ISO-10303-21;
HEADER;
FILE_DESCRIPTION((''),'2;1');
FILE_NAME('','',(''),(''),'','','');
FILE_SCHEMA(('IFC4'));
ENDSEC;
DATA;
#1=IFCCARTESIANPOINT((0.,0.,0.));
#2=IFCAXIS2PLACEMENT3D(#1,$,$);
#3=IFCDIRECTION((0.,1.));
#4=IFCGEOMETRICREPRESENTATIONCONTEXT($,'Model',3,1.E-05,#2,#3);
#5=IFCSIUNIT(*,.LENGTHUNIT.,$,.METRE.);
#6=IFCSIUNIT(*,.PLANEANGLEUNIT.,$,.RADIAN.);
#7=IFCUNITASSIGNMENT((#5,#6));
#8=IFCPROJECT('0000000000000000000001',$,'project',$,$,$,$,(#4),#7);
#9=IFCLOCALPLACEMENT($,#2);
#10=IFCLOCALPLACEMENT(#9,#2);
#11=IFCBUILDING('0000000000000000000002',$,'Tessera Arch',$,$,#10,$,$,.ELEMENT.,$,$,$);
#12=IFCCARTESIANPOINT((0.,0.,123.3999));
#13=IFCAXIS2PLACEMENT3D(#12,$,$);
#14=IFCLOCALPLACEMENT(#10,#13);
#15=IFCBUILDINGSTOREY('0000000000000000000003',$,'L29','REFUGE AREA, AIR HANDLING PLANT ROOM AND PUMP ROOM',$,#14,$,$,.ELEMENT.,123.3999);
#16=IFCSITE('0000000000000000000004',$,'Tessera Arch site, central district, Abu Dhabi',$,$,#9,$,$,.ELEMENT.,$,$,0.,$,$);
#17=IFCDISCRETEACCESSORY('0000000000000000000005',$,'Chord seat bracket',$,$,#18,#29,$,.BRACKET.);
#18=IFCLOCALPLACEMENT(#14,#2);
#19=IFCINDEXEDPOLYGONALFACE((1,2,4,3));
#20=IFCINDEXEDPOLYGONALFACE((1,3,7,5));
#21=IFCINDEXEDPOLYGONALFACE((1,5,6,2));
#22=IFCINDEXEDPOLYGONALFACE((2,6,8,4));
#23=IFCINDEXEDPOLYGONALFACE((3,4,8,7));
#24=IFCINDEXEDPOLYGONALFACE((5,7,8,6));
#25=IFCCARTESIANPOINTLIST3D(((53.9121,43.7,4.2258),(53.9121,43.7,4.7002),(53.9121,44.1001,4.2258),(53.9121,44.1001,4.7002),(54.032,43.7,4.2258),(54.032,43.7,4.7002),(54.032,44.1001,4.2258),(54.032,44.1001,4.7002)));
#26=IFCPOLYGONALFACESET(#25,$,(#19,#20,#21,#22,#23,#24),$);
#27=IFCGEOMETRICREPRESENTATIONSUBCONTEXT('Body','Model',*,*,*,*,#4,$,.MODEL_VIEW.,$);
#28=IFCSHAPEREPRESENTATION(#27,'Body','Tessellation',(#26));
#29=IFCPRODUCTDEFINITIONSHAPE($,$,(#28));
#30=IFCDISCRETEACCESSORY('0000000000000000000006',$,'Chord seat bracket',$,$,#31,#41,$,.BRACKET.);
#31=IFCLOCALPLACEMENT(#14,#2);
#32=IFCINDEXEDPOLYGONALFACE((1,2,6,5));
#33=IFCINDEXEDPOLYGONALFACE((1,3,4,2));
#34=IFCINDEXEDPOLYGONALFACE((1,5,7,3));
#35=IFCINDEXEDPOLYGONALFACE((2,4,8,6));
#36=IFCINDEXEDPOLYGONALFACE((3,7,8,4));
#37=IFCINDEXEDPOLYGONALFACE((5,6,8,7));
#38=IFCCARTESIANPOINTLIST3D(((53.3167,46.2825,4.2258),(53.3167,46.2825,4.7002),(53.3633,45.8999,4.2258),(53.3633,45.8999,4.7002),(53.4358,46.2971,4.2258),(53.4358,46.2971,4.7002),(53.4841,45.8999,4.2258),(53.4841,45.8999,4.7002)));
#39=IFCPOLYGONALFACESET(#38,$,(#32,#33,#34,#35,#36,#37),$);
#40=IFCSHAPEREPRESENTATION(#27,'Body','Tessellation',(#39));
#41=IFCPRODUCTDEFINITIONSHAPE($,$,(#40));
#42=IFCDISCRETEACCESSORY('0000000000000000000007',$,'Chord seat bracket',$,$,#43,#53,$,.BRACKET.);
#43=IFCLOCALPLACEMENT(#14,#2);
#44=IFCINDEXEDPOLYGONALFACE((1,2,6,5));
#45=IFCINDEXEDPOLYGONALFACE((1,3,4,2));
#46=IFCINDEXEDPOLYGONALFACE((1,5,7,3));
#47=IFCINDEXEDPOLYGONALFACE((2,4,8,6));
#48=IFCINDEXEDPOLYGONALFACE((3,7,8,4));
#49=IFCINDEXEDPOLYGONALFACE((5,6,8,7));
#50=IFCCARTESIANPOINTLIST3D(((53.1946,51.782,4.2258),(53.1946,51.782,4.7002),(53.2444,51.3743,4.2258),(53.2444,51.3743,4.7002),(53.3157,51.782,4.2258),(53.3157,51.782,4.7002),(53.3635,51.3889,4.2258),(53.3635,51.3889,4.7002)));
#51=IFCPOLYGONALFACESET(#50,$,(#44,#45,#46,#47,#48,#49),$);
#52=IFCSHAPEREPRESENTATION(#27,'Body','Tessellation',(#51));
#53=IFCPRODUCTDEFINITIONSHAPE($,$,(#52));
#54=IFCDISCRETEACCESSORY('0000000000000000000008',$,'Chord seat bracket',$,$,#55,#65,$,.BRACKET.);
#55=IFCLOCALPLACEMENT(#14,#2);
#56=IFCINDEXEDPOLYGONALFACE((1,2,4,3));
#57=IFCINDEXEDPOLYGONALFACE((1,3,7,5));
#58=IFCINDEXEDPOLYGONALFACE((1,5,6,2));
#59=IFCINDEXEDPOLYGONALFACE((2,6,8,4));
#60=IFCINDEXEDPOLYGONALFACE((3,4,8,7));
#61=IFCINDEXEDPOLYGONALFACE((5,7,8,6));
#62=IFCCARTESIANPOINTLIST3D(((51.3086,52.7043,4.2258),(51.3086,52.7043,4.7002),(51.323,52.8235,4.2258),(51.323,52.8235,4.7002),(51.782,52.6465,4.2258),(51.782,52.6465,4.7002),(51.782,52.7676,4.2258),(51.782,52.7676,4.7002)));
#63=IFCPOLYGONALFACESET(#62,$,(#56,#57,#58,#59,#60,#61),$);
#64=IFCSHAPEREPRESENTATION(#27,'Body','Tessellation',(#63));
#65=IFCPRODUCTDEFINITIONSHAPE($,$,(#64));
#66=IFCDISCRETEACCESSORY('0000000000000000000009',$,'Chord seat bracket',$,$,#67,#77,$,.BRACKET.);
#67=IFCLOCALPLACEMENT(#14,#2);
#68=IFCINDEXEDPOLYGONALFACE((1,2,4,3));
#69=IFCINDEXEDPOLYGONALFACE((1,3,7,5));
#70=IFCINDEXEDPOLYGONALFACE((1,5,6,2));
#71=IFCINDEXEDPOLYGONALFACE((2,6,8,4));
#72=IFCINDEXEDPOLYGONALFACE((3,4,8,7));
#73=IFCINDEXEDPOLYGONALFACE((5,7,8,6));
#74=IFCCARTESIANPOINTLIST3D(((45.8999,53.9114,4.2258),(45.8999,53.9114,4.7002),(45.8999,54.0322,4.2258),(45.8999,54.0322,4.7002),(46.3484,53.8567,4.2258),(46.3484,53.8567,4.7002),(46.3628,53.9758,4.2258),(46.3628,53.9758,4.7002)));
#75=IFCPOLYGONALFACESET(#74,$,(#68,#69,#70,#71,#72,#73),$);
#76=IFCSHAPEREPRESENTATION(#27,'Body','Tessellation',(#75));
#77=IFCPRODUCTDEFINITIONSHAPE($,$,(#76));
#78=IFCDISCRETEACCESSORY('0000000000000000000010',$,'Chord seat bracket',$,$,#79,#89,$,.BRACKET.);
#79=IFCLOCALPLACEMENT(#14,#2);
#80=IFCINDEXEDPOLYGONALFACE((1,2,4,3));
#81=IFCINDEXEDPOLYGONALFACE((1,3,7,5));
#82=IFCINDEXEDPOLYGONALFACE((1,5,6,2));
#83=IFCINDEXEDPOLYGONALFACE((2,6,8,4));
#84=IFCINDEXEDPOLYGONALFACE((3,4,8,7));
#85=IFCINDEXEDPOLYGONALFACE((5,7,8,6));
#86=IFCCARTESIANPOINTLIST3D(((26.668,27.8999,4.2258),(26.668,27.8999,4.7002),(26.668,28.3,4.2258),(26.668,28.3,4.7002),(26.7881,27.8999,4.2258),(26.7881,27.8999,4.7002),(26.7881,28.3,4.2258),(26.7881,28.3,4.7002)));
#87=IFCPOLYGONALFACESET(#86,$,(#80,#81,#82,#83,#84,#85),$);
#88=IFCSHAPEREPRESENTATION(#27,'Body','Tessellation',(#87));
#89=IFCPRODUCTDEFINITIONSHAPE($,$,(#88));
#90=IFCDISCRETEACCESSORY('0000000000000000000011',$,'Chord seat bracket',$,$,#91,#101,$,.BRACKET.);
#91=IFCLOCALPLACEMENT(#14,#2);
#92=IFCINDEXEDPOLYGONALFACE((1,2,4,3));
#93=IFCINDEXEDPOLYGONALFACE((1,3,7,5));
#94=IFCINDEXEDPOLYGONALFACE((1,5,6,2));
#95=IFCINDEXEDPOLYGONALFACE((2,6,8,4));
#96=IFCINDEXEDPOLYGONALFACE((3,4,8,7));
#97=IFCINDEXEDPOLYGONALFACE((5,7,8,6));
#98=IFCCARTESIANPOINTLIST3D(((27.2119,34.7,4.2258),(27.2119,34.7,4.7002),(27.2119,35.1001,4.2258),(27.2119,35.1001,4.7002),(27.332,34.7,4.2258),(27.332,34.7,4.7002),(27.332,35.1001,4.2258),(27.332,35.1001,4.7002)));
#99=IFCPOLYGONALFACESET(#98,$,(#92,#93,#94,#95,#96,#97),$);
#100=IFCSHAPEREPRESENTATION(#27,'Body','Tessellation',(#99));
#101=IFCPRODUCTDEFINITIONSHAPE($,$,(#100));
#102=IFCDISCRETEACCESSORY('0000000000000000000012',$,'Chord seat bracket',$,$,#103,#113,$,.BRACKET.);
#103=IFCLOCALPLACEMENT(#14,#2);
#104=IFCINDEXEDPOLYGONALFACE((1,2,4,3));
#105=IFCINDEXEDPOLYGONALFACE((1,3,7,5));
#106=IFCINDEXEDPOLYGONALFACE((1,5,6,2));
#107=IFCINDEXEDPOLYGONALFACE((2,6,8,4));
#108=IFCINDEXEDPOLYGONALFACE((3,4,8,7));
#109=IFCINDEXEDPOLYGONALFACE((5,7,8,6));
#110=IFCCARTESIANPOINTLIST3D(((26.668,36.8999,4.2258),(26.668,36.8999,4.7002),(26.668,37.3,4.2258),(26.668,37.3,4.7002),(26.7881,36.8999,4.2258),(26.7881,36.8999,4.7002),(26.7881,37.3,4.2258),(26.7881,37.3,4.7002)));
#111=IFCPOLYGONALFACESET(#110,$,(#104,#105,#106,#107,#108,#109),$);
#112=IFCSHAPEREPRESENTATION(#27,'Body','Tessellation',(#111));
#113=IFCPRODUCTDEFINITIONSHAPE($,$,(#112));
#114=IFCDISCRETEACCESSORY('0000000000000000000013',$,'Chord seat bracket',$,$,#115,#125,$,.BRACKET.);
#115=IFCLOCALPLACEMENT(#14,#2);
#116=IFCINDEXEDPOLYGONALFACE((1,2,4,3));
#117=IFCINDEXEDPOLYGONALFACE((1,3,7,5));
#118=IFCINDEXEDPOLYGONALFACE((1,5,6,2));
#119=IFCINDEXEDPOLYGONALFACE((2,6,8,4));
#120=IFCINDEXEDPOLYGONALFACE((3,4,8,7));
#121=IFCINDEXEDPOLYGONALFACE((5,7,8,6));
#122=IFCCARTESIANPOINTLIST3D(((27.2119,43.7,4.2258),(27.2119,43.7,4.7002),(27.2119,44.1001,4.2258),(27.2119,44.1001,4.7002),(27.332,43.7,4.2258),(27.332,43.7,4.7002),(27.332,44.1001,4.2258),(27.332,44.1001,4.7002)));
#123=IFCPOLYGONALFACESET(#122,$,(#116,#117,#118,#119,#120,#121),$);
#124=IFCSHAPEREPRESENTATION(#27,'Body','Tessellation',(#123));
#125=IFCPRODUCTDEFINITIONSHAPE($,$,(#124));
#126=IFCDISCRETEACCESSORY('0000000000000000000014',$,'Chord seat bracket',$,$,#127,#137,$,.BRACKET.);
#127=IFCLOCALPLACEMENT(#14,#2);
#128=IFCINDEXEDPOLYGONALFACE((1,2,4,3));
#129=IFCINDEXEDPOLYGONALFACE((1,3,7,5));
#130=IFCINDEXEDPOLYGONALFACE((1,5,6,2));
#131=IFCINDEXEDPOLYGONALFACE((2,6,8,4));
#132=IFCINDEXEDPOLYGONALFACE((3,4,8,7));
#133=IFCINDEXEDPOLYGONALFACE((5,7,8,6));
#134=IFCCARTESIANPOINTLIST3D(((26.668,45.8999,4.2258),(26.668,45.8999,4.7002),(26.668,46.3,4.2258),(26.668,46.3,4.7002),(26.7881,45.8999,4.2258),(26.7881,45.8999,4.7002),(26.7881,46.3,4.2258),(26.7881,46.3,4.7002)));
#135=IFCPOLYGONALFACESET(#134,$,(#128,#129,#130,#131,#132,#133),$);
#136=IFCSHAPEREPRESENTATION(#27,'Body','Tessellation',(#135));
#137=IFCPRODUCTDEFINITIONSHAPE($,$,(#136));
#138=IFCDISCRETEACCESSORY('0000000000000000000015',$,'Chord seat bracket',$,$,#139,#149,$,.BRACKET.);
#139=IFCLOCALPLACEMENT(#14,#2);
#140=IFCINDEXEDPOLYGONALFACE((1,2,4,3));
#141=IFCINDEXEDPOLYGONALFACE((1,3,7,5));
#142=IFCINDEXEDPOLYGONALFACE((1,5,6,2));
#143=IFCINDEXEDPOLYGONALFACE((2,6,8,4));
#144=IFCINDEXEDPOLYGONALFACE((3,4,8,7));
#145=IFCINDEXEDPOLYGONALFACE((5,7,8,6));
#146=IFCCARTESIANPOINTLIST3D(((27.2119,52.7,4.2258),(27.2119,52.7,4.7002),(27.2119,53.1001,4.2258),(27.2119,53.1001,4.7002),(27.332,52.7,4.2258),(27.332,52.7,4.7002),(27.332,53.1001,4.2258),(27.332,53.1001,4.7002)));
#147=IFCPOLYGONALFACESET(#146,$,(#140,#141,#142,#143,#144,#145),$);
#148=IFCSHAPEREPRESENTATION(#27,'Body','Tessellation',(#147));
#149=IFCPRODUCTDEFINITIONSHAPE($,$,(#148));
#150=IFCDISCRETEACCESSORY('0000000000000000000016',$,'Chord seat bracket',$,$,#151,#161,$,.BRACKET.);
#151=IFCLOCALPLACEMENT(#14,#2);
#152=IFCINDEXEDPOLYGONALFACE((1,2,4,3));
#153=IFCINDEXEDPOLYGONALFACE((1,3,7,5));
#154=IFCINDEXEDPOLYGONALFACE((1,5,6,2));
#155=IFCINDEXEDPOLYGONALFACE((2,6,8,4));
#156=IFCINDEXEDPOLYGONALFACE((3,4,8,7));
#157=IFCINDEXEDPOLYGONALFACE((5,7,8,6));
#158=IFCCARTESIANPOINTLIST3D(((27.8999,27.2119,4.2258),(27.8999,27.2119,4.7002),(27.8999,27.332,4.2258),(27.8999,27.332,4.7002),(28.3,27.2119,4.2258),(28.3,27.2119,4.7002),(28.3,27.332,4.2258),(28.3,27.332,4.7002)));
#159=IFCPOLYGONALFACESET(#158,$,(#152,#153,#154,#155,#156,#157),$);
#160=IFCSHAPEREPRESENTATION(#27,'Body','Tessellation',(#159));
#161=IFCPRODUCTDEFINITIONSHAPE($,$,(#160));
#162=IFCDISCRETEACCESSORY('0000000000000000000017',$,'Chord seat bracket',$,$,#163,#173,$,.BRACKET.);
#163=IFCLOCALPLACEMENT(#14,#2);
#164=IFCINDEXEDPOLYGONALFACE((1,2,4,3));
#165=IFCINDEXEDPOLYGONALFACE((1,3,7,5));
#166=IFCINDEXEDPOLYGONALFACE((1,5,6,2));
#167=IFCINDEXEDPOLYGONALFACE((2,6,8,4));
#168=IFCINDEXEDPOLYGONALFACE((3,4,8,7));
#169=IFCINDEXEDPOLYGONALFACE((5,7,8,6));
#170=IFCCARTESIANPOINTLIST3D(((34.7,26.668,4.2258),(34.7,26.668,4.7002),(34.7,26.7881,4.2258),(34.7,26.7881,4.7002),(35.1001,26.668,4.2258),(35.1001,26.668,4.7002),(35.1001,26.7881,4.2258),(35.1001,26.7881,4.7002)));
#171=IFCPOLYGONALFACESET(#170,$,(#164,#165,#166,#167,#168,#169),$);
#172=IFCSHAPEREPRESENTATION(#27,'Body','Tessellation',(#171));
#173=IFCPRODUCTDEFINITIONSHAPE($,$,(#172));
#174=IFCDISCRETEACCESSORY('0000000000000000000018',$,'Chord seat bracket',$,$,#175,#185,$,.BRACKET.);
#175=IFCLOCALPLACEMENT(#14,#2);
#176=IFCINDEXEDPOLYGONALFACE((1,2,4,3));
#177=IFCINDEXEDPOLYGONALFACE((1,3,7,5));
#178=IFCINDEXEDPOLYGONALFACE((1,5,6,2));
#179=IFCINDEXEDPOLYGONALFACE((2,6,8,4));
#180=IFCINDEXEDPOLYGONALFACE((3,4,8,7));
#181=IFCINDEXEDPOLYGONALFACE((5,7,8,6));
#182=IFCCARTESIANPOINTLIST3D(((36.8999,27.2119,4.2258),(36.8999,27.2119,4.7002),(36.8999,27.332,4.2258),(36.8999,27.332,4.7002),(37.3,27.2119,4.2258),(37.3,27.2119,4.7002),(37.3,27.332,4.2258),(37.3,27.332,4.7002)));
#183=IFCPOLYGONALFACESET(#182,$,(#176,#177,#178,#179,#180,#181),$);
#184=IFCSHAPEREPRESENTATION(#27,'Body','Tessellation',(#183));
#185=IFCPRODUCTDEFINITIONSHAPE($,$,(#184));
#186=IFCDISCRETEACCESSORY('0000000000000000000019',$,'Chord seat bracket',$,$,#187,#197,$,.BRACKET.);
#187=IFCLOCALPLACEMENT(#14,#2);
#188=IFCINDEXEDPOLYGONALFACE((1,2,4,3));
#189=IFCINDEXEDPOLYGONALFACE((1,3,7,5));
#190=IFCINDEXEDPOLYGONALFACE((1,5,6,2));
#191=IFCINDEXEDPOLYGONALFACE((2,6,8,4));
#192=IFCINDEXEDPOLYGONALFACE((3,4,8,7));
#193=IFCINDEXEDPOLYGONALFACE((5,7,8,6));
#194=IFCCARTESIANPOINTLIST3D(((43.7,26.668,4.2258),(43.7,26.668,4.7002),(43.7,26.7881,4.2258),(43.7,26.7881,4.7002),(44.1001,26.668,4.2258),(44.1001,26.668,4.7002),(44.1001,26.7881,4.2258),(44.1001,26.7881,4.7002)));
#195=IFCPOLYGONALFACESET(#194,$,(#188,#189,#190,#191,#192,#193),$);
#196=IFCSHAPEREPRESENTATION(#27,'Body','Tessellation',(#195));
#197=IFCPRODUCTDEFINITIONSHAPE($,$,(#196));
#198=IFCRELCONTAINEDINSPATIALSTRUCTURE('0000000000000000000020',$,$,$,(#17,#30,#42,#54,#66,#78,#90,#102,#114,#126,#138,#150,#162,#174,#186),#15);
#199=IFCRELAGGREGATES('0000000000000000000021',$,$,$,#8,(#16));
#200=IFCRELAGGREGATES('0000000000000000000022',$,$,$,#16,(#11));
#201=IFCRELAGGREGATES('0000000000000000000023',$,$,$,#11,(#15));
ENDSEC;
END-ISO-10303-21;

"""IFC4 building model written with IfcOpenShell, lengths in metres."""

from ifc_helpers import new_model, si_unit, direction, frame, origin, place, context, subcontext, project, spatial, polyline, outline, extrude, element, save


model = new_model("IFC4")

# Units and contexts
model_context = context("Model", 3, precision=1e-05, world=origin(), true_north=direction((0.0, 1.0)))
body_context = subcontext(model_context, "Body", "Model", "MODEL_VIEW")
ifc_project = project(units=[si_unit("LENGTHUNIT", "METRE"), si_unit("PLANEANGLEUNIT", "RADIAN")], contexts=[model_context])

# Site, building, storey
site_placement = place(None, origin())
site = spatial("IfcSite", under=ifc_project, at=site_placement, Name="Tessera Arch site, central district, Abu Dhabi", CompositionType="ELEMENT", RefElevation=0.0)
building_placement = place(site_placement, origin())
building = spatial("IfcBuilding", under=site, at=building_placement, Name="Tessera Arch", CompositionType="ELEMENT")
storey_placement = place(building_placement, frame((0.0, 0.0, 123.3999)))
storey = spatial("IfcBuildingStorey", under=building, at=storey_placement, Name="L29", Description="REFUGE AREA, AIR HANDLING PLANT ROOM AND PUMP ROOM", CompositionType="ELEMENT", Elevation=123.3999)

# Discrete accessories
discrete_accessory_1_placement = place(storey_placement, frame((0.0, 0.0, 4.2258)))
element("IfcDiscreteAccessory", 1, at=discrete_accessory_1_placement, inside=storey, Name="Chord seat bracket", PredefinedType="BRACKET", context=body_context, shape_type="SweptSolid", body=[
    extrude(outline(polyline([(53.9121, 43.7), (53.9121, 44.1001), (54.032, 44.1001), (54.032, 43.7), (53.9121, 43.7)])), origin(), (0.0, 0.0, 1.0), 0.4744),
])
discrete_accessory_2_placement = place(storey_placement, frame((0.0, 0.0, 4.2258)))
element("IfcDiscreteAccessory", 2, at=discrete_accessory_2_placement, inside=storey, Name="Chord seat bracket", PredefinedType="BRACKET", context=body_context, shape_type="SweptSolid", body=[
    extrude(outline(polyline([(53.4358, 46.2971), (53.4841, 45.8999), (53.3633, 45.8999), (53.3167, 46.2825), (53.4358, 46.2971)])), origin(), (0.0, 0.0, 1.0), 0.4744),
])
discrete_accessory_3_placement = place(storey_placement, frame((0.0, 0.0, 4.2258)))
element("IfcDiscreteAccessory", 3, at=discrete_accessory_3_placement, inside=storey, Name="Chord seat bracket", PredefinedType="BRACKET", context=body_context, shape_type="SweptSolid", body=[
    extrude(outline(polyline([(53.2444, 51.3743), (53.1946, 51.782), (53.3157, 51.782), (53.3635, 51.3889), (53.2444, 51.3743)])), origin(), (0.0, 0.0, 1.0), 0.4744),
])
discrete_accessory_4_placement = place(storey_placement, frame((0.0, 0.0, 4.2258)))
element("IfcDiscreteAccessory", 4, at=discrete_accessory_4_placement, inside=storey, Name="Chord seat bracket", PredefinedType="BRACKET", context=body_context, shape_type="SweptSolid", body=[
    extrude(outline(polyline([(51.323, 52.8235), (51.782, 52.7676), (51.782, 52.6465), (51.3086, 52.7043), (51.323, 52.8235)])), origin(), (0.0, 0.0, 1.0), 0.4744),
])
discrete_accessory_5_placement = place(storey_placement, frame((0.0, 0.0, 4.2258)))
element("IfcDiscreteAccessory", 5, at=discrete_accessory_5_placement, inside=storey, Name="Chord seat bracket", PredefinedType="BRACKET", context=body_context, shape_type="SweptSolid", body=[
    extrude(outline(polyline([(46.3484, 53.8567), (45.8999, 53.9114), (45.8999, 54.0322), (46.3628, 53.9758), (46.3484, 53.8567)])), origin(), (0.0, 0.0, 1.0), 0.4744),
])
discrete_accessory_6_placement = place(storey_placement, frame((0.0, 0.0, 4.2258)))
element("IfcDiscreteAccessory", 6, at=discrete_accessory_6_placement, inside=storey, Name="Chord seat bracket", PredefinedType="BRACKET", context=body_context, shape_type="SweptSolid", body=[
    extrude(outline(polyline([(26.7881, 28.3), (26.7881, 27.8999), (26.668, 27.8999), (26.668, 28.3), (26.7881, 28.3)])), origin(), (0.0, 0.0, 1.0), 0.4744),
])
discrete_accessory_7_placement = place(storey_placement, frame((0.0, 0.0, 4.2258)))
element("IfcDiscreteAccessory", 7, at=discrete_accessory_7_placement, inside=storey, Name="Chord seat bracket", PredefinedType="BRACKET", context=body_context, shape_type="SweptSolid", body=[
    extrude(outline(polyline([(27.2119, 34.7), (27.2119, 35.1001), (27.332, 35.1001), (27.332, 34.7), (27.2119, 34.7)])), origin(), (0.0, 0.0, 1.0), 0.4744),
])
discrete_accessory_8_placement = place(storey_placement, frame((0.0, 0.0, 4.2258)))
element("IfcDiscreteAccessory", 8, at=discrete_accessory_8_placement, inside=storey, Name="Chord seat bracket", PredefinedType="BRACKET", context=body_context, shape_type="SweptSolid", body=[
    extrude(outline(polyline([(26.7881, 37.3), (26.7881, 36.8999), (26.668, 36.8999), (26.668, 37.3), (26.7881, 37.3)])), origin(), (0.0, 0.0, 1.0), 0.4744),
])
discrete_accessory_9_placement = place(storey_placement, frame((0.0, 0.0, 4.2258)))
element("IfcDiscreteAccessory", 9, at=discrete_accessory_9_placement, inside=storey, Name="Chord seat bracket", PredefinedType="BRACKET", context=body_context, shape_type="SweptSolid", body=[
    extrude(outline(polyline([(27.2119, 44.1001), (27.332, 44.1001), (27.332, 43.7), (27.2119, 43.7), (27.2119, 44.1001)])), origin(), (0.0, 0.0, 1.0), 0.4744),
])
discrete_accessory_10_placement = place(storey_placement, frame((0.0, 0.0, 4.2258)))
element("IfcDiscreteAccessory", 10, at=discrete_accessory_10_placement, inside=storey, Name="Chord seat bracket", PredefinedType="BRACKET", context=body_context, shape_type="SweptSolid", body=[
    extrude(outline(polyline([(26.7881, 45.8999), (26.668, 45.8999), (26.668, 46.3), (26.7881, 46.3), (26.7881, 45.8999)])), origin(), (0.0, 0.0, 1.0), 0.4744),
])
discrete_accessory_11_placement = place(storey_placement, frame((0.0, 0.0, 4.2258)))
element("IfcDiscreteAccessory", 11, at=discrete_accessory_11_placement, inside=storey, Name="Chord seat bracket", PredefinedType="BRACKET", context=body_context, shape_type="SweptSolid", body=[
    extrude(outline(polyline([(27.2119, 52.7), (27.2119, 53.1001), (27.332, 53.1001), (27.332, 52.7), (27.2119, 52.7)])), origin(), (0.0, 0.0, 1.0), 0.4744),
])
discrete_accessory_12_placement = place(storey_placement, frame((0.0, 0.0, 4.2258)))
element("IfcDiscreteAccessory", 12, at=discrete_accessory_12_placement, inside=storey, Name="Chord seat bracket", PredefinedType="BRACKET", context=body_context, shape_type="SweptSolid", body=[
    extrude(outline(polyline([(28.3, 27.2119), (27.8999, 27.2119), (27.8999, 27.332), (28.3, 27.332), (28.3, 27.2119)])), origin(), (0.0, 0.0, 1.0), 0.4744),
])
discrete_accessory_13_placement = place(storey_placement, frame((0.0, 0.0, 4.2258)))
element("IfcDiscreteAccessory", 13, at=discrete_accessory_13_placement, inside=storey, Name="Chord seat bracket", PredefinedType="BRACKET", context=body_context, shape_type="SweptSolid", body=[
    extrude(outline(polyline([(34.7, 26.7881), (35.1001, 26.7881), (35.1001, 26.668), (34.7, 26.668), (34.7, 26.7881)])), origin(), (0.0, 0.0, 1.0), 0.4744),
])
discrete_accessory_14_placement = place(storey_placement, frame((0.0, 0.0, 4.2258)))
element("IfcDiscreteAccessory", 14, at=discrete_accessory_14_placement, inside=storey, Name="Chord seat bracket", PredefinedType="BRACKET", context=body_context, shape_type="SweptSolid", body=[
    extrude(outline(polyline([(37.3, 27.2119), (36.8999, 27.2119), (36.8999, 27.332), (37.3, 27.332), (37.3, 27.2119)])), origin(), (0.0, 0.0, 1.0), 0.4744),
])
discrete_accessory_15_placement = place(storey_placement, frame((0.0, 0.0, 4.2258)))
element("IfcDiscreteAccessory", 15, at=discrete_accessory_15_placement, inside=storey, Name="Chord seat bracket", PredefinedType="BRACKET", context=body_context, shape_type="SweptSolid", body=[
    extrude(outline(polyline([(43.7, 26.7881), (44.1001, 26.7881), (44.1001, 26.668), (43.7, 26.668), (43.7, 26.7881)])), origin(), (0.0, 0.0, 1.0), 0.4744),
])

save(model, "model.ifc")
